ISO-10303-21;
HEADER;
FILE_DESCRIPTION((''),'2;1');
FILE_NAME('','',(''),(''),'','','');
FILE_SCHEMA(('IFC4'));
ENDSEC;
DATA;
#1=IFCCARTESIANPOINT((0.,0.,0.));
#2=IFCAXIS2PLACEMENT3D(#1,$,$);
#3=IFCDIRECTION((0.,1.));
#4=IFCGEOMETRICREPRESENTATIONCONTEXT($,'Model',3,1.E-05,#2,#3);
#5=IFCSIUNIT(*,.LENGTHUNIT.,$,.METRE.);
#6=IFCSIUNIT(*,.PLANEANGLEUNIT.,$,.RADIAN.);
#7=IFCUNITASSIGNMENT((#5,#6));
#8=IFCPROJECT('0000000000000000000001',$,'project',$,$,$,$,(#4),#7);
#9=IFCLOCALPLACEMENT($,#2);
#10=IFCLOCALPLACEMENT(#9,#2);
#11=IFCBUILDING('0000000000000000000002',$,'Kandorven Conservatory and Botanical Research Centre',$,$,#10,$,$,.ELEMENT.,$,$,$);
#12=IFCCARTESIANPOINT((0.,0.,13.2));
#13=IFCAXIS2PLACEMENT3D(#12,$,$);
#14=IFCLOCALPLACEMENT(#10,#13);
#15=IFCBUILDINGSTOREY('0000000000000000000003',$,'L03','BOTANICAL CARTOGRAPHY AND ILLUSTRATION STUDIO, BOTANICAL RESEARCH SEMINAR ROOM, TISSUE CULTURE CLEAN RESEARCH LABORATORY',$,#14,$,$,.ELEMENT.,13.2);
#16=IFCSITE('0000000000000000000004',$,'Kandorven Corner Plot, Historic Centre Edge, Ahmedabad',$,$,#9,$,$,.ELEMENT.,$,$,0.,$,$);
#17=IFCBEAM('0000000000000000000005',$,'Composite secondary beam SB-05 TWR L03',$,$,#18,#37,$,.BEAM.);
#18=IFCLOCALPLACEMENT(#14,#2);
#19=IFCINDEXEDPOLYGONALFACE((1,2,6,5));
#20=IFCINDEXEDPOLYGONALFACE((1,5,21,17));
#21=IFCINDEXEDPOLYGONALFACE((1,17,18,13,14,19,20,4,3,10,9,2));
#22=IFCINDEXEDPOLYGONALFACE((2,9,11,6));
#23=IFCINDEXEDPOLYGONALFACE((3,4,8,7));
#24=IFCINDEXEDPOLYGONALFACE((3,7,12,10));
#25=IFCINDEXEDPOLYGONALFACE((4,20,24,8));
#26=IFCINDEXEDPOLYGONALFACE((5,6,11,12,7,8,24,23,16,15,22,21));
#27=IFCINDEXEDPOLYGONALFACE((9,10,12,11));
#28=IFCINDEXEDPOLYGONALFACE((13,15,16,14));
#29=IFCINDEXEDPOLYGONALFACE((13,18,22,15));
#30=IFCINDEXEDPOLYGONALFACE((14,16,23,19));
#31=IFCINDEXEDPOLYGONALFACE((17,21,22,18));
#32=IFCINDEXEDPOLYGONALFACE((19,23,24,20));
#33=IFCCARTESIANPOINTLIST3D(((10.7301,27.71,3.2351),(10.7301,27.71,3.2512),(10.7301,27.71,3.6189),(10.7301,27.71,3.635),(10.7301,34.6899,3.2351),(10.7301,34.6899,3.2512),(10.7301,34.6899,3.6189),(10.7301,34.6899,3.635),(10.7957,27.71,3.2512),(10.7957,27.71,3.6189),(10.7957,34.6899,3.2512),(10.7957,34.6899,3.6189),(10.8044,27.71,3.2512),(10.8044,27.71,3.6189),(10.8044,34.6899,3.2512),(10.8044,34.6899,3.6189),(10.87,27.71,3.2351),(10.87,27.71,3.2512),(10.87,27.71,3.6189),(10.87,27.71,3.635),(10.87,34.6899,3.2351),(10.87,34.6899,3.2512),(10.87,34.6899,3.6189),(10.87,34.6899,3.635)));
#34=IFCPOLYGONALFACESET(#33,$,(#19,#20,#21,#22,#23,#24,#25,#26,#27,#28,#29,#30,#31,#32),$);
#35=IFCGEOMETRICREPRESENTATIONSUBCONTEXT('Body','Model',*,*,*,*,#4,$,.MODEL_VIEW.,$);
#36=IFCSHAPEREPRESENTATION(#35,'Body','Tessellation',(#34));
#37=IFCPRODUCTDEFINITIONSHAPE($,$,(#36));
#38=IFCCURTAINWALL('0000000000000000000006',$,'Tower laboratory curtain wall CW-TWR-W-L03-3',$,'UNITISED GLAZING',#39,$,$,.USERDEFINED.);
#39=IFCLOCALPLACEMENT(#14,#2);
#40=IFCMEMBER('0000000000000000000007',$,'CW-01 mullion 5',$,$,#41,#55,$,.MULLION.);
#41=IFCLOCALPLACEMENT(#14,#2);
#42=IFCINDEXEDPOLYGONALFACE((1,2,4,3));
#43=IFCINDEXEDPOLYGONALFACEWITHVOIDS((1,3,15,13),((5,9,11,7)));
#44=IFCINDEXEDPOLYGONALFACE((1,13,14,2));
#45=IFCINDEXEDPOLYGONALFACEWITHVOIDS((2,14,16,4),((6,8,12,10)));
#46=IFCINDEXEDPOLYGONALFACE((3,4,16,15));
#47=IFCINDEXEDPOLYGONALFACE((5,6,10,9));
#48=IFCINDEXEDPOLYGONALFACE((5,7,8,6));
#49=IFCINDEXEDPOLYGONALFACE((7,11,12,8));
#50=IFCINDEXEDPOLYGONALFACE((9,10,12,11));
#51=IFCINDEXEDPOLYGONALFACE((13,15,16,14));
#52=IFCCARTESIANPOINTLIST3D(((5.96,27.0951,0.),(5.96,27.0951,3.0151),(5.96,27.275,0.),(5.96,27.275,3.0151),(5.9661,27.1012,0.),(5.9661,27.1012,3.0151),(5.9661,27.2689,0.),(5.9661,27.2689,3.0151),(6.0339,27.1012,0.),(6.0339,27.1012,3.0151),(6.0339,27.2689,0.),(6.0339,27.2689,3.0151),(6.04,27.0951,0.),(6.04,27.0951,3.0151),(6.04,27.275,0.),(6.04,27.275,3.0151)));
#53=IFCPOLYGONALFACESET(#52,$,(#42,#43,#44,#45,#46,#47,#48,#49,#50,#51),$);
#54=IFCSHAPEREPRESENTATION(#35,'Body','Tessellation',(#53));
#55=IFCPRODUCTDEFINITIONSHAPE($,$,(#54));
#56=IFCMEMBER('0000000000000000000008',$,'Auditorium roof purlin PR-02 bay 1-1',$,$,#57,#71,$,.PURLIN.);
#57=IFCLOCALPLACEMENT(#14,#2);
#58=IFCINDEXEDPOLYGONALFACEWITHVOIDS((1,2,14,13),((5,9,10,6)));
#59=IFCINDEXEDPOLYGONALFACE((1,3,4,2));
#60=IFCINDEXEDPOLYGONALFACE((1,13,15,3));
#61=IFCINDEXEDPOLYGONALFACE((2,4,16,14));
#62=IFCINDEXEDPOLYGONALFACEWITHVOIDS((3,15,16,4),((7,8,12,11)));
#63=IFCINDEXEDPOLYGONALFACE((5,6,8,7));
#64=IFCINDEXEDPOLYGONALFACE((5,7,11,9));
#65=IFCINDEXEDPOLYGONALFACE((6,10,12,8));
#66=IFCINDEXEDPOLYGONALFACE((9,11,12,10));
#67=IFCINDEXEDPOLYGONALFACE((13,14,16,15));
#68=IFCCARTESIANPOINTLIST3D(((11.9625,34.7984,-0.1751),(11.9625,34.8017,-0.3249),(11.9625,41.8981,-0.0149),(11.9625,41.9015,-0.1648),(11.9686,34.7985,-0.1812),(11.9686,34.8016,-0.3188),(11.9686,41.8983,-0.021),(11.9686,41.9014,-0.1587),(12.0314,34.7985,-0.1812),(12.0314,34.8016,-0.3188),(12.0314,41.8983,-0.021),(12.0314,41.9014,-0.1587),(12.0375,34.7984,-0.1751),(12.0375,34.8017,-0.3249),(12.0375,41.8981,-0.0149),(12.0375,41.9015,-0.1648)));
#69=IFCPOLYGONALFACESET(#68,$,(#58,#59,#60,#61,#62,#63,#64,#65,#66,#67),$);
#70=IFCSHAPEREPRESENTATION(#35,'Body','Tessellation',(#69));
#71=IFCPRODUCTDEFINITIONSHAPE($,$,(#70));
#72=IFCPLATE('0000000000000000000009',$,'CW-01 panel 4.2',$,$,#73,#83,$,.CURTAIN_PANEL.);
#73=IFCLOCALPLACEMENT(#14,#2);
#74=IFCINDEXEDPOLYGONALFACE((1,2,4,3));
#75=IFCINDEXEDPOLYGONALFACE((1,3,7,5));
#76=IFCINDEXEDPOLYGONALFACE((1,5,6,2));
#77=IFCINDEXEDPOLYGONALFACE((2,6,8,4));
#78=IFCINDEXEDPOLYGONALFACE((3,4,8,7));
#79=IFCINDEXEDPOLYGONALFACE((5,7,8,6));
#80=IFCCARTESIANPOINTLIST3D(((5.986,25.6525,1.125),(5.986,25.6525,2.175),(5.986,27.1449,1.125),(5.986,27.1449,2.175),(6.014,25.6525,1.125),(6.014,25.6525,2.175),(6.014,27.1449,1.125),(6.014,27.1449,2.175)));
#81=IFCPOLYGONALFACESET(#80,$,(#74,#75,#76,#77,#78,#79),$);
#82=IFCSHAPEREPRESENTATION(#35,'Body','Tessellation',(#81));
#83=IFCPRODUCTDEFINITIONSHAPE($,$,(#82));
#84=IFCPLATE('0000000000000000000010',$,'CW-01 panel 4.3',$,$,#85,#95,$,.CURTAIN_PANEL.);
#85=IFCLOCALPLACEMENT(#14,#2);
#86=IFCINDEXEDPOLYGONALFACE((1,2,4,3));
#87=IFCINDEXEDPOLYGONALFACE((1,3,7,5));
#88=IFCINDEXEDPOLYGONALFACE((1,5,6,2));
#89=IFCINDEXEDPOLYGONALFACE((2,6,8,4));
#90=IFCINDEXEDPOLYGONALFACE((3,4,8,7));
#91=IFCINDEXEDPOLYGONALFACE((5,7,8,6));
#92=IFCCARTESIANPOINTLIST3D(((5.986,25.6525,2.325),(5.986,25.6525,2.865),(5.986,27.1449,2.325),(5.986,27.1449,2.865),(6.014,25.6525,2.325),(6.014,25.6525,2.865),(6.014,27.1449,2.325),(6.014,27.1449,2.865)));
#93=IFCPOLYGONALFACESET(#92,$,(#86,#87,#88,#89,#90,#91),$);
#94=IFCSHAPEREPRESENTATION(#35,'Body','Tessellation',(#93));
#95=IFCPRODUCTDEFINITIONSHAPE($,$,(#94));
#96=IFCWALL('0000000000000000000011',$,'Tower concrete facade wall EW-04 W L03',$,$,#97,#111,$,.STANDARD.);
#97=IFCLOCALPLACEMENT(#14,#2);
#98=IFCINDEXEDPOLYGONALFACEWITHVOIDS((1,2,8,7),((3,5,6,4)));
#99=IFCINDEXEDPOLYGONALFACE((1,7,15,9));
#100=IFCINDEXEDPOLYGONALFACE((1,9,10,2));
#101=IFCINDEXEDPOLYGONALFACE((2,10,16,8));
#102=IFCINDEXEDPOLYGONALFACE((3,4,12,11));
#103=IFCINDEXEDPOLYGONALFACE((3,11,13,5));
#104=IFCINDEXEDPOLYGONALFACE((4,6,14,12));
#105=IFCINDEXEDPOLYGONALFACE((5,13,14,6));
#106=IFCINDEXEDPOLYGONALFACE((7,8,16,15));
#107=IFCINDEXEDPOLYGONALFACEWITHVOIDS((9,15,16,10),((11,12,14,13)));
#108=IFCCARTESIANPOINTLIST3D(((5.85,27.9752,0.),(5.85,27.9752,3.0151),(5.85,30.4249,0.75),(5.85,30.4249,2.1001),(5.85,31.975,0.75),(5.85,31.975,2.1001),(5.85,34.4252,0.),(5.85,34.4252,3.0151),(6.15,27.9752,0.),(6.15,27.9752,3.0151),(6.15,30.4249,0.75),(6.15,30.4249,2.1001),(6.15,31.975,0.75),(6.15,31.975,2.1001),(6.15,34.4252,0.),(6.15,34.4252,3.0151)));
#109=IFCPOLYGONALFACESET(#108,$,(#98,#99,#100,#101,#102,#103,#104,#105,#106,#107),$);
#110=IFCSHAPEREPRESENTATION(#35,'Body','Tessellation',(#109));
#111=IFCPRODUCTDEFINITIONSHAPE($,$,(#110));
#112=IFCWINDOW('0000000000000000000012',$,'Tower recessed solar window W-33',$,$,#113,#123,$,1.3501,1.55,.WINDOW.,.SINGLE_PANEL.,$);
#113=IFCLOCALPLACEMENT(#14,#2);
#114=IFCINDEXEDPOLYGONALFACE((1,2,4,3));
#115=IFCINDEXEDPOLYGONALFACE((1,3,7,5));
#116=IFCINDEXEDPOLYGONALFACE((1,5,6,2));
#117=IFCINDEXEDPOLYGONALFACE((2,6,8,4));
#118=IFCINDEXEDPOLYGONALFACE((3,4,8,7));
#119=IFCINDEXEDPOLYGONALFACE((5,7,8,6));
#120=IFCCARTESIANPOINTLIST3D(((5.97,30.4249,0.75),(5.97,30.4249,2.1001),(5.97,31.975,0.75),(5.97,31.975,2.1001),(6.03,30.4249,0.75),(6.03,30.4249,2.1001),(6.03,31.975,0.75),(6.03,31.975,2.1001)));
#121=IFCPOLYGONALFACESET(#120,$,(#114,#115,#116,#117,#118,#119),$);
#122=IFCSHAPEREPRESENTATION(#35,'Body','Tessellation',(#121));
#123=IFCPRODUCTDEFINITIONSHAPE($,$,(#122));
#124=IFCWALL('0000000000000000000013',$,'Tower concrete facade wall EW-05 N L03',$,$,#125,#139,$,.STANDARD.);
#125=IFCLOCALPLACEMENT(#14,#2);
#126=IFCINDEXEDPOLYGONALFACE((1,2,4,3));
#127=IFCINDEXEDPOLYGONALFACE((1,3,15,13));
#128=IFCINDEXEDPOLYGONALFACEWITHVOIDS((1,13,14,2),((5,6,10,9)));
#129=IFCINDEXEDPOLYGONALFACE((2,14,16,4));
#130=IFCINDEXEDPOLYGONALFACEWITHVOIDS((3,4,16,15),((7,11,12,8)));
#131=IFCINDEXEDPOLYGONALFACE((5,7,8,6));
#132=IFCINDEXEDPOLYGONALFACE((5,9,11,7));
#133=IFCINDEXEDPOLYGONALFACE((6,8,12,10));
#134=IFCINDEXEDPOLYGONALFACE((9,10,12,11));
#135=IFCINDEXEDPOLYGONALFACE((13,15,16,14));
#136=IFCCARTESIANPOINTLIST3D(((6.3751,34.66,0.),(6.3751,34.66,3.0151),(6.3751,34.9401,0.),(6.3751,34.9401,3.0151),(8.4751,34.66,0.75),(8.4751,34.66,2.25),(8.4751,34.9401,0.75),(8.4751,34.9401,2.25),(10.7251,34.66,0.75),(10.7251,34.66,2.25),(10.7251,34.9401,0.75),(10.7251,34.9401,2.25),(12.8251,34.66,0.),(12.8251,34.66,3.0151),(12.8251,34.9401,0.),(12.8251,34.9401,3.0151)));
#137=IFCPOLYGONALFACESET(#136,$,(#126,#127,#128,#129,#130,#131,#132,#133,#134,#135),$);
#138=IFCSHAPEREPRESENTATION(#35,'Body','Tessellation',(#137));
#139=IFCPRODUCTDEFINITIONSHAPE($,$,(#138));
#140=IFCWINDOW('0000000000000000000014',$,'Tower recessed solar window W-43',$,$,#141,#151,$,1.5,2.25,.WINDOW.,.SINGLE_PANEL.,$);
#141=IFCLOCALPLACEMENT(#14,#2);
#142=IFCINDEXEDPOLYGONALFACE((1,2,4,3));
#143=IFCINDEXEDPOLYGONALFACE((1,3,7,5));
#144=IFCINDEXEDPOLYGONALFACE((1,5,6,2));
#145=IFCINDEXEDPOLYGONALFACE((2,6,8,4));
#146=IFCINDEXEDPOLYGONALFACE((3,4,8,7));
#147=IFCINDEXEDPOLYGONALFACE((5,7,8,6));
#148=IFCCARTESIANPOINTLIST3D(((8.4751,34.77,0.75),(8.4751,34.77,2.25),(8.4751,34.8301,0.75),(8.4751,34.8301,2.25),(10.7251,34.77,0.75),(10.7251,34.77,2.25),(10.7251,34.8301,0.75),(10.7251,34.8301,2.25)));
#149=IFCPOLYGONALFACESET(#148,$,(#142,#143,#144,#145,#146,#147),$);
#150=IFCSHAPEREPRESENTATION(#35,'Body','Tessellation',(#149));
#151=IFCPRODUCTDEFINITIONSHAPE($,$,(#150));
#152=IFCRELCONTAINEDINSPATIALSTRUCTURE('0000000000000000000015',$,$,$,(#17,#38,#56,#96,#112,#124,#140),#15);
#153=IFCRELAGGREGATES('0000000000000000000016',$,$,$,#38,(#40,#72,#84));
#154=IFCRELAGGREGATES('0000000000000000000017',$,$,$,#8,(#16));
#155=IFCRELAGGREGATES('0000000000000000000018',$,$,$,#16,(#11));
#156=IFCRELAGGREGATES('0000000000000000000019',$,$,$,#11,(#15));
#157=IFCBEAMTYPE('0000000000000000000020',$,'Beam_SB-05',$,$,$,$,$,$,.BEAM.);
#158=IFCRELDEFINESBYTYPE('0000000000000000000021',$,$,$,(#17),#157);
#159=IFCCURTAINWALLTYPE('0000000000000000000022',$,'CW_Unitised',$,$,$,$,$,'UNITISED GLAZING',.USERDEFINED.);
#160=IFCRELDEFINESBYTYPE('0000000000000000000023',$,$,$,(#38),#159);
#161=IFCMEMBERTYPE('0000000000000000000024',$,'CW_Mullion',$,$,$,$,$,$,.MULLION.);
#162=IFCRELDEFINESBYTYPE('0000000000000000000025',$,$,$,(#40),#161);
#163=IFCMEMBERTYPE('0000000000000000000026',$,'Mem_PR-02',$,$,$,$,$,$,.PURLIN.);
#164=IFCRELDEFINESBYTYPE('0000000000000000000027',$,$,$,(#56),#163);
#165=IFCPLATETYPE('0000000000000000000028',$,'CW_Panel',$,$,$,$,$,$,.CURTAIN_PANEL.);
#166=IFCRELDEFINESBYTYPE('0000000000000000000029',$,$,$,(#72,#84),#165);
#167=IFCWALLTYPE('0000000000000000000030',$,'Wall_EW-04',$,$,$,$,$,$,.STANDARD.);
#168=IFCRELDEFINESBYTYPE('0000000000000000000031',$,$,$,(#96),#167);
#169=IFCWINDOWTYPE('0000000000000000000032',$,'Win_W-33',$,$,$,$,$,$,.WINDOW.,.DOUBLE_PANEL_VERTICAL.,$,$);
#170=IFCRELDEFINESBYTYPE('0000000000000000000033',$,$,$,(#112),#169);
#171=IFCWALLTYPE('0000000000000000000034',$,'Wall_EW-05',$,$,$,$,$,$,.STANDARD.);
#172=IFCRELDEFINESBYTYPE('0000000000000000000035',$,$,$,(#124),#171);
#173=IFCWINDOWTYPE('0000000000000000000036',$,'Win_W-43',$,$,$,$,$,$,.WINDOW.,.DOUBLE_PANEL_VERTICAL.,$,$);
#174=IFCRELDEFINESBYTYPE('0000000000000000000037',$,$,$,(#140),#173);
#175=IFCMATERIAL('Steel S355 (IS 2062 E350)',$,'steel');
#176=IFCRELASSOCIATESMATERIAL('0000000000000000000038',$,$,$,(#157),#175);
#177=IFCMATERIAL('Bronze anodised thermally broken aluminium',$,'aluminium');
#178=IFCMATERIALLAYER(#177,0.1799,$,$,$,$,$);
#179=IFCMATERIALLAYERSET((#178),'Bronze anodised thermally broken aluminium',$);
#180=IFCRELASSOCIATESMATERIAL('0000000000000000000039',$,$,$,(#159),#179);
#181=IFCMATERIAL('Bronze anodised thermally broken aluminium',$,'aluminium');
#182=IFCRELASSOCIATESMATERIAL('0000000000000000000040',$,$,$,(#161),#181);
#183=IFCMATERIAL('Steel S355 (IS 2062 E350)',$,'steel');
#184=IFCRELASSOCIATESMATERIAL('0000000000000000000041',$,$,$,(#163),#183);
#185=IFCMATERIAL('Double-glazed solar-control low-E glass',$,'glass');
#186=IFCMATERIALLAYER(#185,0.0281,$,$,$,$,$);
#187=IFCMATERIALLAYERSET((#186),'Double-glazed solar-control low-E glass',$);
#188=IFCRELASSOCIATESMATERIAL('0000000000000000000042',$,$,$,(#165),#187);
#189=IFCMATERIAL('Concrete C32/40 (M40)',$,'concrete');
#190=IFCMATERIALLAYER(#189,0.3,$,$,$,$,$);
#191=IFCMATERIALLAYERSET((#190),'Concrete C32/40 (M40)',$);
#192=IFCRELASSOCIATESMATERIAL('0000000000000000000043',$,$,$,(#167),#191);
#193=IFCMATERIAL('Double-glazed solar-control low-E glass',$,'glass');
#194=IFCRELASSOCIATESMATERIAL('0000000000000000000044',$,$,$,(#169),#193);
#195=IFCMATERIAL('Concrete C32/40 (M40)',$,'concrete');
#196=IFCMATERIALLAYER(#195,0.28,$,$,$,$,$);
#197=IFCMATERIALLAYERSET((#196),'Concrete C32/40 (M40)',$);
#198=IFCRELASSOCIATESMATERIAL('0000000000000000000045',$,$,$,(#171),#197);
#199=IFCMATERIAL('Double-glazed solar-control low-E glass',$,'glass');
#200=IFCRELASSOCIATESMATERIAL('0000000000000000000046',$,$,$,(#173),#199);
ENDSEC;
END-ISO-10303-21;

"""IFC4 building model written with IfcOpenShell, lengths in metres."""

from ifc_helpers import new_model, si_unit, direction, frame, frame_2d, origin, origin_2d, place, context, subcontext, project, spatial, rectangle, hollow_rectangle, i_section, extrude, material, layer, layer_set, material_profile, profile_set, type_object, element, fill, aggregate, save


model = new_model("IFC4")

# Units and contexts
model_context = context("Model", 3, precision=1e-05, world=origin(), true_north=direction((0.0, 1.0)))
body_context = subcontext(model_context, "Body", "Model", "MODEL_VIEW")
ifc_project = project(units=[si_unit("LENGTHUNIT", "METRE"), si_unit("PLANEANGLEUNIT", "RADIAN")], contexts=[model_context])

# Site, building, storey
site_placement = place(None, origin())
site = spatial("IfcSite", under=ifc_project, at=site_placement, Name="Kandorven Corner Plot, Historic Centre Edge, Ahmedabad", CompositionType="ELEMENT", RefElevation=0.0)
building_placement = place(site_placement, origin())
building = spatial("IfcBuilding", under=site, at=building_placement, Name="Kandorven Conservatory and Botanical Research Centre", CompositionType="ELEMENT")
storey_placement = place(building_placement, frame((0.0, 0.0, 13.2)))
storey = spatial("IfcBuildingStorey", under=building, at=storey_placement, Name="L03", Description="BOTANICAL CARTOGRAPHY AND ILLUSTRATION STUDIO, BOTANICAL RESEARCH SEMINAR ROOM, TISSUE CULTURE CLEAN RESEARCH LABORATORY", CompositionType="ELEMENT", Elevation=13.2)

# Beam
ifc_material_1 = material(Name="Steel S355 (IS 2062 E350)", Category="steel")
ifc_material_profile_1 = material_profile(ifc_material_1, i_section(OverallWidth=0.1399, OverallDepth=0.3999, WebThickness=0.0088, FlangeThickness=0.0161, at=origin_2d()))
ifc_profile_set_1 = profile_set([ifc_material_profile_1], Name="Steel S355 (IS 2062 E350)")
beam_type_1 = type_object("IfcBeamType", Name="Beam_SB-05", PredefinedType="BEAM", material=ifc_profile_set_1)
for number, where, z_axis, x_axis, name in (
    (1, (10.8, 27.71, 3.4351), (0.0, 1.0, 0.0), (-1.0, 0.0, 0.0), "Composite secondary beam SB-05 TWR L03"),
):
    element("IfcBeam", number, at=place(storey_placement, frame(where, z_axis=z_axis, x_axis=x_axis)), inside=storey, type_object=beam_type_1, Name=name, PredefinedType="BEAM", context=body_context, shape_type="SweptSolid", body=[
        extrude(i_section(OverallWidth=0.1399, OverallDepth=0.3999, WebThickness=0.0088, FlangeThickness=0.0161, at=origin_2d()), origin(), (0.0, 0.0, 1.0), 6.98),
    ])

# Curtain wall, member
ifc_material_2 = material(Name="Bronze anodised thermally broken aluminium", Category="aluminium")
ifc_layer_1 = layer(ifc_material_2, 0.1799)
ifc_layer_set_1 = layer_set([ifc_layer_1], Name="Bronze anodised thermally broken aluminium")
curtain_wall_type = type_object("IfcCurtainWallType", Name="CW_Unitised", ElementType="UNITISED GLAZING", PredefinedType="USERDEFINED", material=ifc_layer_set_1)
curtain_wall_placement = place(storey_placement, origin())
curtain_wall = element("IfcCurtainWall", 2, at=curtain_wall_placement, inside=storey, type_object=curtain_wall_type, Name="Tower laboratory curtain wall CW-TWR-W-L03-3", ObjectType="UNITISED GLAZING", PredefinedType="USERDEFINED")
ifc_material_3 = material(Name="Bronze anodised thermally broken aluminium", Category="aluminium")
ifc_material_profile_2 = material_profile(ifc_material_3, hollow_rectangle(XDim=0.0801, YDim=0.1799, WallThickness=0.0061, at=origin_2d()))
ifc_profile_set_2 = profile_set([ifc_material_profile_2], Name="Bronze anodised thermally broken aluminium")
member_type_1 = type_object("IfcMemberType", Name="CW_Mullion", PredefinedType="MULLION", material=ifc_profile_set_2)
member_1_placement = place(storey_placement, frame((6.0, 27.1851, 0.0), z_axis=(0.0, 0.0, 1.0), x_axis=(-1.0, 0.0, 0.0)))
member_1 = element("IfcMember", 3, at=member_1_placement, type_object=member_type_1, Name="CW-01 mullion 5", PredefinedType="MULLION", context=body_context, shape_type="SweptSolid", body=[
    extrude(hollow_rectangle(XDim=0.0801, YDim=0.1799, WallThickness=0.0061, at=origin_2d()), origin(), (0.0, 0.0, 1.0), 3.0151),
])

# Member
ifc_material_4 = material(Name="Steel S355 (IS 2062 E350)", Category="steel")
ifc_material_profile_3 = material_profile(ifc_material_4, hollow_rectangle(XDim=0.075, YDim=0.1499, WallThickness=0.0061, at=origin_2d()))
ifc_profile_set_3 = profile_set([ifc_material_profile_3], Name="Steel S355 (IS 2062 E350)")
member_type_2 = type_object("IfcMemberType", Name="Mem_PR-02", PredefinedType="PURLIN", material=ifc_profile_set_3)
member_2_placement = place(storey_placement, frame((12.0, 34.8, -0.25), z_axis=(0.0, 0.999746, 0.022552), x_axis=(-1.0, 0.0, 0.0)))
element("IfcMember", 4, at=member_2_placement, inside=storey, type_object=member_type_2, Name="Auditorium roof purlin PR-02 bay 1-1", PredefinedType="PURLIN", context=body_context, shape_type="SweptSolid", body=[
    extrude(hollow_rectangle(XDim=0.075, YDim=0.1499, WallThickness=0.0061, at=origin_2d()), origin(), (0.0, 0.0, 1.0), 7.1016),
])

# Plates
ifc_material_5 = material(Name="Double-glazed solar-control low-E glass", Category="glass")
ifc_layer_2 = layer(ifc_material_5, 0.0281)
ifc_layer_set_2 = layer_set([ifc_layer_2], Name="Double-glazed solar-control low-E glass")
plate_type = type_object("IfcPlateType", Name="CW_Panel", PredefinedType="CURTAIN_PANEL", material=ifc_layer_set_2)
plate_1_placement = place(storey_placement, frame((6.0, 26.3987, 1.125), z_axis=(0.0, 0.0, 1.0), x_axis=(0.0, 1.0, 0.0)))
plate_1 = element("IfcPlate", 5, at=plate_1_placement, type_object=plate_type, Name="CW-01 panel 4.2", PredefinedType="CURTAIN_PANEL", context=body_context, shape_type="SweptSolid", body=[
    extrude(rectangle(XDim=1.4924, YDim=0.0281, at=origin_2d()), origin(), (0.0, 0.0, 1.0), 1.05),
])
plate_2_placement = place(storey_placement, frame((6.0, 26.3987, 2.325), z_axis=(0.0, 0.0, 1.0), x_axis=(0.0, 1.0, 0.0)))
plate_2 = element("IfcPlate", 6, at=plate_2_placement, type_object=plate_type, Name="CW-01 panel 4.3", PredefinedType="CURTAIN_PANEL", context=body_context, shape_type="SweptSolid", body=[
    extrude(rectangle(XDim=1.4924, YDim=0.0281, at=origin_2d()), origin(), (0.0, 0.0, 1.0), 0.54),
])
aggregate(curtain_wall, [member_1, plate_1, plate_2])

# Walls, openings, windows
ifc_material_6 = material(Name="Concrete C32/40 (M40)", Category="concrete")
ifc_layer_3 = layer(ifc_material_6, 0.3)
ifc_layer_set_3 = layer_set([ifc_layer_3], Name="Concrete C32/40 (M40)")
wall_type_1 = type_object("IfcWallType", Name="Wall_EW-04", PredefinedType="STANDARD", material=ifc_layer_set_3)
wall_1_placement = place(storey_placement, frame((6.0, 27.9751, 0.0), z_axis=(0.0, 0.0, 1.0), x_axis=(0.0, 1.0, 0.0)))
wall_1 = element("IfcWall", 7, at=wall_1_placement, inside=storey, type_object=wall_type_1, Name="Tower concrete facade wall EW-04 W L03", PredefinedType="STANDARD", context=body_context, shape_type="SweptSolid", body=[
    extrude(rectangle(XDim=6.45, YDim=0.3, at=frame_2d((3.2251, 0.0))), origin(), (0.0, 0.0, 1.0), 3.0151),
])
opening_1_placement = place(wall_1_placement, frame((2.45, 0.0, 0.75)))
opening_1 = element("IfcOpeningElement", 8, at=opening_1_placement, cuts=wall_1, PredefinedType="OPENING", context=body_context, shape_type="SweptSolid", body=[
    extrude(rectangle(XDim=1.55, YDim=1.3501, at=frame_2d((0.7749, 0.675))), frame((0.0, 0.1599, 0.0), z_axis=(0.0, -1.0, 0.0), x_axis=(1.0, 0.0, 0.0)), (0.0, 0.0, 1.0), 0.3201),
])
ifc_material_7 = material(Name="Double-glazed solar-control low-E glass", Category="glass")
window_type_1 = type_object("IfcWindowType", Name="Win_W-33", PartitioningType="DOUBLE_PANEL_VERTICAL", PredefinedType="WINDOW", material=ifc_material_7)
window_1_placement = place(opening_1_placement, origin())
window_1 = element("IfcWindow", 9, at=window_1_placement, inside=storey, type_object=window_type_1, Name="Tower recessed solar window W-33", OverallHeight=1.3501, OverallWidth=1.55, PartitioningType="SINGLE_PANEL", PredefinedType="WINDOW", context=body_context, shape_type="SweptSolid", body=[
    extrude(rectangle(XDim=1.55, YDim=1.3501, at=frame_2d((0.7749, 0.675))), frame((0.0, 0.03, 0.0), z_axis=(0.0, -1.0, 0.0), x_axis=(1.0, 0.0, 0.0)), (0.0, 0.0, 1.0), 0.0601),
])
fill(opening_1, window_1)
ifc_material_8 = material(Name="Concrete C32/40 (M40)", Category="concrete")
ifc_layer_4 = layer(ifc_material_8, 0.28)
ifc_layer_set_4 = layer_set([ifc_layer_4], Name="Concrete C32/40 (M40)")
wall_type_2 = type_object("IfcWallType", Name="Wall_EW-05", PredefinedType="STANDARD", material=ifc_layer_set_4)
wall_2_placement = place(storey_placement, frame((6.375, 34.8, 0.0), z_axis=(0.0, 0.0, 1.0), x_axis=(1.0, 0.0, 0.0)))
wall_2 = element("IfcWall", 10, at=wall_2_placement, inside=storey, type_object=wall_type_2, Name="Tower concrete facade wall EW-05 N L03", PredefinedType="STANDARD", context=body_context, shape_type="SweptSolid", body=[
    extrude(rectangle(XDim=6.45, YDim=0.28, at=frame_2d((3.2251, 0.0))), origin(), (0.0, 0.0, 1.0), 3.0151),
])
opening_2_placement = place(wall_2_placement, frame((2.1001, 0.0, 0.75)))
opening_2 = element("IfcOpeningElement", 11, at=opening_2_placement, cuts=wall_2, PredefinedType="OPENING", context=body_context, shape_type="SweptSolid", body=[
    extrude(rectangle(XDim=2.25, YDim=1.5, at=frame_2d((1.125, 0.75))), frame((0.0, 0.1499, 0.0), z_axis=(0.0, -1.0, 0.0), x_axis=(1.0, 0.0, 0.0)), (0.0, 0.0, 1.0), 0.3),
])
ifc_material_9 = material(Name="Double-glazed solar-control low-E glass", Category="glass")
window_type_2 = type_object("IfcWindowType", Name="Win_W-43", PartitioningType="DOUBLE_PANEL_VERTICAL", PredefinedType="WINDOW", material=ifc_material_9)
window_2_placement = place(opening_2_placement, origin())
window_2 = element("IfcWindow", 12, at=window_2_placement, inside=storey, type_object=window_type_2, Name="Tower recessed solar window W-43", OverallHeight=1.5, OverallWidth=2.25, PartitioningType="SINGLE_PANEL", PredefinedType="WINDOW", context=body_context, shape_type="SweptSolid", body=[
    extrude(rectangle(XDim=2.25, YDim=1.5, at=frame_2d((1.125, 0.75))), frame((0.0, 0.03, 0.0), z_axis=(0.0, -1.0, 0.0), x_axis=(1.0, 0.0, 0.0)), (0.0, 0.0, 1.0), 0.0601),
])
fill(opening_2, window_2)

save(model, "model.ifc")
